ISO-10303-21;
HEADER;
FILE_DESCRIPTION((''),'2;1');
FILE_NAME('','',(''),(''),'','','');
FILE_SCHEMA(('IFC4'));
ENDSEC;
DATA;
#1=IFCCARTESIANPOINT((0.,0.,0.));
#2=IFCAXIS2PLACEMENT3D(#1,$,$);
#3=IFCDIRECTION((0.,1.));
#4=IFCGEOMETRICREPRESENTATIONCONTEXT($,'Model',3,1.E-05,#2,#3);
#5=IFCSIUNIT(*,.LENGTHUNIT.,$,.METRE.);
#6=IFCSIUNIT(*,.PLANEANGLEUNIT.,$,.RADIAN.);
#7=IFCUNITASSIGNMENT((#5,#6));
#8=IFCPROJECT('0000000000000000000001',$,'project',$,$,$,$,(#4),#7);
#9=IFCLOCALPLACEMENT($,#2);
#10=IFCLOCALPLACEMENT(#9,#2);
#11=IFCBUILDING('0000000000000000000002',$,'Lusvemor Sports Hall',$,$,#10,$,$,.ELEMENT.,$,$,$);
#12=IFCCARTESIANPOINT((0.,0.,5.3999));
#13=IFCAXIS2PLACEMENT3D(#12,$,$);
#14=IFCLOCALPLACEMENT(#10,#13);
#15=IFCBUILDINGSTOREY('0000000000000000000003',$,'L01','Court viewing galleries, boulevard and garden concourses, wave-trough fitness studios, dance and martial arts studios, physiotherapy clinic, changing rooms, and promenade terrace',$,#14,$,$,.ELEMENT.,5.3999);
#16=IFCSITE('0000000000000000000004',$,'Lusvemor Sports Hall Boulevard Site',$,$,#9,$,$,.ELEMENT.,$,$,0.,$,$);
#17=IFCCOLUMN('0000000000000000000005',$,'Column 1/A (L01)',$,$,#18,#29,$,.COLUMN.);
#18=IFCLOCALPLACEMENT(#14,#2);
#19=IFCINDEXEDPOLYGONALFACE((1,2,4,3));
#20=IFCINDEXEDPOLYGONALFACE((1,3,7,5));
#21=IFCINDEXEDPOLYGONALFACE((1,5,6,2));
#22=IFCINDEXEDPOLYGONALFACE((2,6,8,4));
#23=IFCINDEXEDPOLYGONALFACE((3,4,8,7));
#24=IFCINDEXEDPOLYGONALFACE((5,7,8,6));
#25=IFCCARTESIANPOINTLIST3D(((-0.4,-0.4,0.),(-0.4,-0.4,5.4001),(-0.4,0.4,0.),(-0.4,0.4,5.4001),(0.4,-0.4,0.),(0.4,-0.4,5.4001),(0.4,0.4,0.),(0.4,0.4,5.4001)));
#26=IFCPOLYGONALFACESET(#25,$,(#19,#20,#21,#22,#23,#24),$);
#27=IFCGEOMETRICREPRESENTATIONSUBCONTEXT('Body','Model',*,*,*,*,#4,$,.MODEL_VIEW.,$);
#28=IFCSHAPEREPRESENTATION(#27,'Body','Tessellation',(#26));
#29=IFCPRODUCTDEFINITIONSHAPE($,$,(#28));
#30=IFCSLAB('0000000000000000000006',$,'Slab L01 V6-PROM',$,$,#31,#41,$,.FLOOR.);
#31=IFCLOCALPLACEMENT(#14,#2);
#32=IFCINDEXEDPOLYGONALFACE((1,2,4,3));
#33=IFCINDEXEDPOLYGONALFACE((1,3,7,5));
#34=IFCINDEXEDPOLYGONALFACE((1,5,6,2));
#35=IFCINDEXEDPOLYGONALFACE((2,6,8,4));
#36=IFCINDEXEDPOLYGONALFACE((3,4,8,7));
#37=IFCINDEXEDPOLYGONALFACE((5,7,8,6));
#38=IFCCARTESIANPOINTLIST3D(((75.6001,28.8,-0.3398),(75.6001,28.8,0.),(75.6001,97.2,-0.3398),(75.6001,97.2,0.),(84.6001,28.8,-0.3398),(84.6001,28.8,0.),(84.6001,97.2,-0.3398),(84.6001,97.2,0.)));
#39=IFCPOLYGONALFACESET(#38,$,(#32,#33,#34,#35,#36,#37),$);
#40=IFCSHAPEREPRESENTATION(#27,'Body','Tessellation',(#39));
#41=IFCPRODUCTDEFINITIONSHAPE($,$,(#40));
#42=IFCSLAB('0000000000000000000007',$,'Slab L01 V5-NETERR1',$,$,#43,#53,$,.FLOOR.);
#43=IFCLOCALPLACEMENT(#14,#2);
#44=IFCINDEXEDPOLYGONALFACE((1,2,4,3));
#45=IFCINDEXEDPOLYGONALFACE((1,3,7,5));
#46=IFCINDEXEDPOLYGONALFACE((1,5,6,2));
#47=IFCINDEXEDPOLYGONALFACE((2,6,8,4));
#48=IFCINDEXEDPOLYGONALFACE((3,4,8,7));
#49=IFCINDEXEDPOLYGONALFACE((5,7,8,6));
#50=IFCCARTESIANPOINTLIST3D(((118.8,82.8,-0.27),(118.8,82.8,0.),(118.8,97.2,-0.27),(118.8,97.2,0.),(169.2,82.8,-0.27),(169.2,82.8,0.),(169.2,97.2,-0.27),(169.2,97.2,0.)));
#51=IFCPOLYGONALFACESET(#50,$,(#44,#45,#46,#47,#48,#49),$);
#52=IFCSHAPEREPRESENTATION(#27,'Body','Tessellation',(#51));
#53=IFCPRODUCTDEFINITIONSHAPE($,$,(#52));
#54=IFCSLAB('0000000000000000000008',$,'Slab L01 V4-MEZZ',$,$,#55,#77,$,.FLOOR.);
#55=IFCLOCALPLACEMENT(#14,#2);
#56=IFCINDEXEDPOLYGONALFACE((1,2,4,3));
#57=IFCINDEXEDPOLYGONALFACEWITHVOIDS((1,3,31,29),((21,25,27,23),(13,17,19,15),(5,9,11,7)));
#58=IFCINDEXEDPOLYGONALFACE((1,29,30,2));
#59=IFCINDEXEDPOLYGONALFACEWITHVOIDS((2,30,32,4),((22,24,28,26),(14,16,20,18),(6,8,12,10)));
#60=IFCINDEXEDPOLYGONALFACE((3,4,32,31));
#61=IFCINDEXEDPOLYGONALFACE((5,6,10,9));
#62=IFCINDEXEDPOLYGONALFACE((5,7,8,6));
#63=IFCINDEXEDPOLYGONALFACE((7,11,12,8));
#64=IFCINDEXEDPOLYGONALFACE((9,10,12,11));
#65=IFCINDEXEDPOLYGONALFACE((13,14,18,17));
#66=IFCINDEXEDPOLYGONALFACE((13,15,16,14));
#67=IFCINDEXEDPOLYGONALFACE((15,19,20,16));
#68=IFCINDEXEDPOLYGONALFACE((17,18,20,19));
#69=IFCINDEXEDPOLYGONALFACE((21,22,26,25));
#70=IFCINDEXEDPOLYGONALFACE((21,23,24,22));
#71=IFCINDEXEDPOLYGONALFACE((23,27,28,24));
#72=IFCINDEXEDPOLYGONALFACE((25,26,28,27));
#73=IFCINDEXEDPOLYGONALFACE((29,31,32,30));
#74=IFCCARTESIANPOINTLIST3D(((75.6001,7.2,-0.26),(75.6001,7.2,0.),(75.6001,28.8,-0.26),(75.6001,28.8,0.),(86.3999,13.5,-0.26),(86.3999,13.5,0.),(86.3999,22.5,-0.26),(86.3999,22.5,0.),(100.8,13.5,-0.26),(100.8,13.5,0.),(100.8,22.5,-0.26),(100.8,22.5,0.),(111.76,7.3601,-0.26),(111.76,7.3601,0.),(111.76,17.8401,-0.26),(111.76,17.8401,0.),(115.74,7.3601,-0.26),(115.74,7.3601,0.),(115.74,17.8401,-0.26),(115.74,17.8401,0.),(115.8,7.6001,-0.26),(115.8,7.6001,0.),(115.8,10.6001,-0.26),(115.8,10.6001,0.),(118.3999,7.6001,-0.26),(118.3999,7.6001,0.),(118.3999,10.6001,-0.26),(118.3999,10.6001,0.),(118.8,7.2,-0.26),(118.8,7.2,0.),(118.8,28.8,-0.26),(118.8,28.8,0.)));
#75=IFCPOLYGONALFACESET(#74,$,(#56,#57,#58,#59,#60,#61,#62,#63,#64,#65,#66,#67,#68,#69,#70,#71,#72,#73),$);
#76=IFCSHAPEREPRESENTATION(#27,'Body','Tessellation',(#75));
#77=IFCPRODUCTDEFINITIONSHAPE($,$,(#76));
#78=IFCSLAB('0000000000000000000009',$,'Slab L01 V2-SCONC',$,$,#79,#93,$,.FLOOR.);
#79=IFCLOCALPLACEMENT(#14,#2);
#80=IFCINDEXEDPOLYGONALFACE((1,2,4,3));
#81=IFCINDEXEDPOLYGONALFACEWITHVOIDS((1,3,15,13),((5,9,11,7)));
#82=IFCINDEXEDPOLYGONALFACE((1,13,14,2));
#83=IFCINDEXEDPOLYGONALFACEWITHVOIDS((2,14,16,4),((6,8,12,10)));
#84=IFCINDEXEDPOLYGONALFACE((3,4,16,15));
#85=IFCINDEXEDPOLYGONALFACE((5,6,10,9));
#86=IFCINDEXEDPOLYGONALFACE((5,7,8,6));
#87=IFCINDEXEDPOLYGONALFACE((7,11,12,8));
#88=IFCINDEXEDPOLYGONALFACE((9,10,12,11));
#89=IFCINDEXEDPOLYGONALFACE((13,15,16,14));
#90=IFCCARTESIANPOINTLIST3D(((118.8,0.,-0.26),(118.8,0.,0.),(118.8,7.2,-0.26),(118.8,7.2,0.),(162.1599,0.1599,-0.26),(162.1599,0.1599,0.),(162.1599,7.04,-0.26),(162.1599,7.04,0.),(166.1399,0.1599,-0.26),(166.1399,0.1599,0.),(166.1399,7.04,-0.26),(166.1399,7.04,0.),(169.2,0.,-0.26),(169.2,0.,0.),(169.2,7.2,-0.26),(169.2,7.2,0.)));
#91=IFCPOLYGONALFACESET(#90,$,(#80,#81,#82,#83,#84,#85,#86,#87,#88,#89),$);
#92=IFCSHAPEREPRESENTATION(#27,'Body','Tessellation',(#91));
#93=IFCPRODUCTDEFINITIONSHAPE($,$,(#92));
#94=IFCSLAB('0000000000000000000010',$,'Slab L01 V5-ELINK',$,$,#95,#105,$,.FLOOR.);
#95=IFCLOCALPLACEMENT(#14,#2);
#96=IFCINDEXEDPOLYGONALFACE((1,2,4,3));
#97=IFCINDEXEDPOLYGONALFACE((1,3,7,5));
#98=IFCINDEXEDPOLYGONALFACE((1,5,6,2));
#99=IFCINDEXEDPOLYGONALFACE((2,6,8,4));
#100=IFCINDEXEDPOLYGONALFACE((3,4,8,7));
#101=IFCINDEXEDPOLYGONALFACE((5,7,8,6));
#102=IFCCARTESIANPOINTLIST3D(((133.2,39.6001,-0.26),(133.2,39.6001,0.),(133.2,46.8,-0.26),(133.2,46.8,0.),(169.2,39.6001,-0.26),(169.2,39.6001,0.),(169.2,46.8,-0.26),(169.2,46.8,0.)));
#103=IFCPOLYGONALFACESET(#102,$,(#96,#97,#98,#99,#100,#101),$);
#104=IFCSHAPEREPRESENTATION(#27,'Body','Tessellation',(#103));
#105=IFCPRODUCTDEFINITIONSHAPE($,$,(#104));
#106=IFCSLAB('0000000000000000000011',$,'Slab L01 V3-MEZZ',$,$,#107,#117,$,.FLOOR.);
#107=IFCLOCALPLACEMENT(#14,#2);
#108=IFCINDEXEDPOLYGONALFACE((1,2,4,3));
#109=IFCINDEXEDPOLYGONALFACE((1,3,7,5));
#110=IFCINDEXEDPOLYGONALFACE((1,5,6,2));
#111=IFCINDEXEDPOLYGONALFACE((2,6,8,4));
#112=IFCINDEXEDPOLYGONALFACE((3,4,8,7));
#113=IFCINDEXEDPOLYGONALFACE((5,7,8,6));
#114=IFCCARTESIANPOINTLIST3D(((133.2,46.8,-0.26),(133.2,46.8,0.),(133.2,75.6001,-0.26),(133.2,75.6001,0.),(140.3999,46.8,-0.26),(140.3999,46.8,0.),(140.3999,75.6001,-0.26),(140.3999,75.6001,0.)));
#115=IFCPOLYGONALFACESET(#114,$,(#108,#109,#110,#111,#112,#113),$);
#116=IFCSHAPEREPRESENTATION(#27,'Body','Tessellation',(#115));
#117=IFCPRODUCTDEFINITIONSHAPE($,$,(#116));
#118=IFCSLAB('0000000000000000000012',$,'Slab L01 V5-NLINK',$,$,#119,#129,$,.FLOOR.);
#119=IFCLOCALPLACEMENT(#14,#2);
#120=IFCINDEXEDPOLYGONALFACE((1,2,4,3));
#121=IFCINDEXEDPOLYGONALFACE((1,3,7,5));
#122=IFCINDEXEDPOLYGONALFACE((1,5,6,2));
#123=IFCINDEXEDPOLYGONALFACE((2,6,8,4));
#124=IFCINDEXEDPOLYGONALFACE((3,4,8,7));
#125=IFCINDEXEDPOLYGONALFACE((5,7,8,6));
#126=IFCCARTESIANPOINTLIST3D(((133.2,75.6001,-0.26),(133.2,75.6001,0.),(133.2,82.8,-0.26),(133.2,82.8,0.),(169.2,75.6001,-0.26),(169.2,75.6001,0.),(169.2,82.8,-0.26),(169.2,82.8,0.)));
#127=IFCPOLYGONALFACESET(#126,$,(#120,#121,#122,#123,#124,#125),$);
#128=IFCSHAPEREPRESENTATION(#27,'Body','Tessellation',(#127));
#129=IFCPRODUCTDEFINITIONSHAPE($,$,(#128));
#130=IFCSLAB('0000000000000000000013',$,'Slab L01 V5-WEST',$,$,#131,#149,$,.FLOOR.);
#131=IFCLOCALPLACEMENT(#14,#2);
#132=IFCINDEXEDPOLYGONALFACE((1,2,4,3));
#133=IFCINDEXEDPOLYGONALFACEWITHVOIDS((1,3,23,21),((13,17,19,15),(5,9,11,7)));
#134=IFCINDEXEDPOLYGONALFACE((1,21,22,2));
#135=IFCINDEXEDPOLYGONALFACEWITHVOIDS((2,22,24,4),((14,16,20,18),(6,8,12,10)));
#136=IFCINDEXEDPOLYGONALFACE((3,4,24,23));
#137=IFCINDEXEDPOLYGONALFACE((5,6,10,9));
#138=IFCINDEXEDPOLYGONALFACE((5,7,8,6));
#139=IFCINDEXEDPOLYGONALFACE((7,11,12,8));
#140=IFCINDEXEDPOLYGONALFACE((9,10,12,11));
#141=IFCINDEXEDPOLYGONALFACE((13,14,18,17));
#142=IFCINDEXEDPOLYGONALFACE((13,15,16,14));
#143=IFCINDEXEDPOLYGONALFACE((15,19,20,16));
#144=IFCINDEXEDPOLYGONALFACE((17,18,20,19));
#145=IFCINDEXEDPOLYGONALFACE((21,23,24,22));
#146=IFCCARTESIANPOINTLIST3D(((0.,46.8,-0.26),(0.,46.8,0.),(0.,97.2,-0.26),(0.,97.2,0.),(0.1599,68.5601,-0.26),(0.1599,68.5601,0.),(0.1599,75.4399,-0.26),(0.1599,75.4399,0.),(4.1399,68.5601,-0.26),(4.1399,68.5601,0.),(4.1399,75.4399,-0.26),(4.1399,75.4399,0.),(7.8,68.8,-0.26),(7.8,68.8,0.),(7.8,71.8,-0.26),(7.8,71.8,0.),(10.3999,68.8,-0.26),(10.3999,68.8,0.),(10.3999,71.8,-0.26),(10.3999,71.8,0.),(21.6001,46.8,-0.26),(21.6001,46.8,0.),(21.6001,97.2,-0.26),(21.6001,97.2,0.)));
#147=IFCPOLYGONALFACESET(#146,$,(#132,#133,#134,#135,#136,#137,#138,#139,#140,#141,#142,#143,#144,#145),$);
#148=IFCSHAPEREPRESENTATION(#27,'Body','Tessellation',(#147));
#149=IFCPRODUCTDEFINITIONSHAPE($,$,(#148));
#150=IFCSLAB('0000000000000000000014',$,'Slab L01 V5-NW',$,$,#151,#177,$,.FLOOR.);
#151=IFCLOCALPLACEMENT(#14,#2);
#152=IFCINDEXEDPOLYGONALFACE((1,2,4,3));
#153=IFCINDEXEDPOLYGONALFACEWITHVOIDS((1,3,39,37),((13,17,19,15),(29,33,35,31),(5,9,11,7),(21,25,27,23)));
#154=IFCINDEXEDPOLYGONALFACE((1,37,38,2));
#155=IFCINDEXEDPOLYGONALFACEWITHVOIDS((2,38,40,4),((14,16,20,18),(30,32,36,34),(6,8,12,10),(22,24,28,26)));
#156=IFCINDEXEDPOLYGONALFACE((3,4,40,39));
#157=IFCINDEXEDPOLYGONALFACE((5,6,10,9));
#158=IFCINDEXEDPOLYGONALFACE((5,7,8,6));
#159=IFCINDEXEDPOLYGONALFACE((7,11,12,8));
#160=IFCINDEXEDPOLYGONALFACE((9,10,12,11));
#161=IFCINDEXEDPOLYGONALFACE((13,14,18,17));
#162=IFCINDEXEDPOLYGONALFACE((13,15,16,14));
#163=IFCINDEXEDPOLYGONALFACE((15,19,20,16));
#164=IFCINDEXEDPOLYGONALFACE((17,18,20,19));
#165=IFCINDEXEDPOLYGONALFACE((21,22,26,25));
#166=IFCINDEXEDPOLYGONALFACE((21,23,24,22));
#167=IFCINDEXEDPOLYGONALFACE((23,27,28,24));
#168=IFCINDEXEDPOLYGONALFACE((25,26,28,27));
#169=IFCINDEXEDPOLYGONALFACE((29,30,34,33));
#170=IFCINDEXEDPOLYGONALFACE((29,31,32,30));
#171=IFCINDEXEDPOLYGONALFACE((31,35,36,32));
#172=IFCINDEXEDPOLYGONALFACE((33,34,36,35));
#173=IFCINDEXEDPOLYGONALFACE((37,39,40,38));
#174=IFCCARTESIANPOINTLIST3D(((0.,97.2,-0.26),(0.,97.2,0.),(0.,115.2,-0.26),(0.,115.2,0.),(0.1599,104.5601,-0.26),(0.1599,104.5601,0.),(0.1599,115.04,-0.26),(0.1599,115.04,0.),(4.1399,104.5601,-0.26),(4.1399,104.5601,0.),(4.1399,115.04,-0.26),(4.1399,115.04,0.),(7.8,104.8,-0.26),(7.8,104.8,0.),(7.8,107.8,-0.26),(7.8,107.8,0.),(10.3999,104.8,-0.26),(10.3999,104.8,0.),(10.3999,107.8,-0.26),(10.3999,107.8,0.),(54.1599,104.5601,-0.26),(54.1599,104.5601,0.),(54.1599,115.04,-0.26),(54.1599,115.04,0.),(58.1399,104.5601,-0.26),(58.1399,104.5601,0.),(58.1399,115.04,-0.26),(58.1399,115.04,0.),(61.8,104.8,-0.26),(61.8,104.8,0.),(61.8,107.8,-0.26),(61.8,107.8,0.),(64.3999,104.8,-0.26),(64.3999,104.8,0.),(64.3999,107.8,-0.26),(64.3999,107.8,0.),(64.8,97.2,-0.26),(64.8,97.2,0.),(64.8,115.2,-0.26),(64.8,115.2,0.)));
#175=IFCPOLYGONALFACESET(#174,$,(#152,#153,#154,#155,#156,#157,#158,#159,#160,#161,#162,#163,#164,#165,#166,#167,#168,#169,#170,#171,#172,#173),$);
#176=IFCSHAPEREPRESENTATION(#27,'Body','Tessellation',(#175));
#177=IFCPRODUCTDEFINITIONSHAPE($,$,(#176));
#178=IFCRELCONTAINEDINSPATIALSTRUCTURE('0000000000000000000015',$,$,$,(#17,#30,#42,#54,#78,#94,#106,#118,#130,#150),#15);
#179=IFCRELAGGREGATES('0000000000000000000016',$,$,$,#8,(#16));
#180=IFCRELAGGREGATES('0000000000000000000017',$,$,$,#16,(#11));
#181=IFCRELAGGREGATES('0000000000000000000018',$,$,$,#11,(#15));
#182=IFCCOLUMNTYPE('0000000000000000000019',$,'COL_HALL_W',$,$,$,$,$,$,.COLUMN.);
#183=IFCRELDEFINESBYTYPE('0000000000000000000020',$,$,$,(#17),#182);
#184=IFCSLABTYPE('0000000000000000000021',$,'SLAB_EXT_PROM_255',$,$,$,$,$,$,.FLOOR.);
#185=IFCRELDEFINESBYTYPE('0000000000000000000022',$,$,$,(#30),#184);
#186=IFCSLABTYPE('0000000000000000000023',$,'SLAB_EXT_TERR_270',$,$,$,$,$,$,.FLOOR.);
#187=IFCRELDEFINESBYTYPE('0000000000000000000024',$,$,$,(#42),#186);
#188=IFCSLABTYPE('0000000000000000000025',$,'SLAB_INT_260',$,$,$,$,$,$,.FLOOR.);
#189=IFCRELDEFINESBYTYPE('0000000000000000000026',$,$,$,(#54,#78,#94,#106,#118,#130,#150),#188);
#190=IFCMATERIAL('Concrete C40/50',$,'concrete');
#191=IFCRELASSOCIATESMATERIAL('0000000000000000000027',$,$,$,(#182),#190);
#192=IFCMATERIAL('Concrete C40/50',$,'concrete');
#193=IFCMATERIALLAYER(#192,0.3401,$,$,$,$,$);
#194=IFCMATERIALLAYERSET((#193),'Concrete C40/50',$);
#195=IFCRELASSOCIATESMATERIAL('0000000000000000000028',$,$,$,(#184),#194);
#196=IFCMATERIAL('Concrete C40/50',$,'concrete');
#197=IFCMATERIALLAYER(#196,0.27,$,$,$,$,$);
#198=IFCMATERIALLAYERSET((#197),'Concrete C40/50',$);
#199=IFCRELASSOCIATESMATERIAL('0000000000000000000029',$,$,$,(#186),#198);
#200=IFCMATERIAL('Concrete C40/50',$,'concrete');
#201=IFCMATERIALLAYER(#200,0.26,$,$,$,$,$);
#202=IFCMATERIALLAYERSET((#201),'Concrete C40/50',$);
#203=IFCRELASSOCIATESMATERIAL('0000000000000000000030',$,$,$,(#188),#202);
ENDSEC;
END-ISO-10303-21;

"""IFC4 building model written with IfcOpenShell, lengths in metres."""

from ifc_helpers import new_model, si_unit, direction, frame, origin, origin_with_axes, origin_2d, place, context, subcontext, project, spatial, polyline, rectangle, outline, extrude, material, layer, layer_set, material_profile, profile_set, type_object, element, save


model = new_model("IFC4")

# Units and contexts
model_context = context("Model", 3, precision=1e-05, world=origin(), true_north=direction((0.0, 1.0)))
body_context = subcontext(model_context, "Body", "Model", "MODEL_VIEW")
ifc_project = project(units=[si_unit("LENGTHUNIT", "METRE"), si_unit("PLANEANGLEUNIT", "RADIAN")], contexts=[model_context])

# Site, building, storey
site_placement = place(None, origin())
site = spatial("IfcSite", under=ifc_project, at=site_placement, Name="Lusvemor Sports Hall Boulevard Site", CompositionType="ELEMENT", RefElevation=0.0)
building_placement = place(site_placement, origin())
building = spatial("IfcBuilding", under=site, at=building_placement, Name="Lusvemor Sports Hall", CompositionType="ELEMENT")
storey_placement = place(building_placement, frame((0.0, 0.0, 5.3999)))
storey = spatial("IfcBuildingStorey", under=building, at=storey_placement, Name="L01", Description="Court viewing galleries, boulevard and garden concourses, wave-trough fitness studios, dance and martial arts studios, physiotherapy clinic, changing rooms, and promenade terrace", CompositionType="ELEMENT", Elevation=5.3999)

# Column
ifc_material_1 = material(Name="Concrete C40/50", Category="concrete")
ifc_material_profile = material_profile(ifc_material_1, rectangle(XDim=0.8, YDim=0.8, at=origin_2d()), Name="RC800x800")
ifc_profile_set = profile_set([ifc_material_profile], Name="Concrete C40/50")
column_type = type_object("IfcColumnType", Name="COL_HALL_W", PredefinedType="COLUMN", material=ifc_profile_set)
column_placement = place(storey_placement, origin_with_axes())
element("IfcColumn", 1, at=column_placement, inside=storey, type_object=column_type, Name="Column 1/A (L01)", PredefinedType="COLUMN", context=body_context, shape_type="SweptSolid", body=[
    extrude(rectangle(XDim=0.8, YDim=0.8, at=origin_2d()), origin(), (0.0, 0.0, 1.0), 5.4001),
])

# Slabs
ifc_material_2 = material(Name="Concrete C40/50", Category="concrete")
ifc_layer_1 = layer(ifc_material_2, 0.3401)
ifc_layer_set_1 = layer_set([ifc_layer_1], Name="Concrete C40/50")
slab_type_1 = type_object("IfcSlabType", Name="SLAB_EXT_PROM_255", PredefinedType="FLOOR", material=ifc_layer_set_1)
slab_1_placement = place(storey_placement, frame((0.0, 0.0, -0.3398)))
element("IfcSlab", 2, at=slab_1_placement, inside=storey, type_object=slab_type_1, Name="Slab L01 V6-PROM", PredefinedType="FLOOR", context=body_context, shape_type="SweptSolid", body=[
    extrude(outline(polyline([(75.6001, 28.8), (84.6001, 28.8), (84.6001, 97.2), (75.6001, 97.2), (75.6001, 28.8)])), origin(), (0.0, 0.0, 1.0), 0.3398),
])
ifc_material_3 = material(Name="Concrete C40/50", Category="concrete")
ifc_layer_2 = layer(ifc_material_3, 0.27)
ifc_layer_set_2 = layer_set([ifc_layer_2], Name="Concrete C40/50")
slab_type_2 = type_object("IfcSlabType", Name="SLAB_EXT_TERR_270", PredefinedType="FLOOR", material=ifc_layer_set_2)
slab_2_placement = place(storey_placement, frame((0.0, 0.0, -0.27)))
element("IfcSlab", 3, at=slab_2_placement, inside=storey, type_object=slab_type_2, Name="Slab L01 V5-NETERR1", PredefinedType="FLOOR", context=body_context, shape_type="SweptSolid", body=[
    extrude(outline(polyline([(118.8, 82.8), (169.2, 82.8), (169.2, 97.2), (118.8, 97.2), (118.8, 82.8)])), origin(), (0.0, 0.0, 1.0), 0.27),
])
ifc_material_4 = material(Name="Concrete C40/50", Category="concrete")
ifc_layer_3 = layer(ifc_material_4, 0.26)
ifc_layer_set_3 = layer_set([ifc_layer_3], Name="Concrete C40/50")
slab_type_3 = type_object("IfcSlabType", Name="SLAB_INT_260", PredefinedType="FLOOR", material=ifc_layer_set_3)
slab_3_placement = place(storey_placement, frame((0.0, 0.0, -0.26)))
element("IfcSlab", 4, at=slab_3_placement, inside=storey, type_object=slab_type_3, Name="Slab L01 V4-MEZZ", PredefinedType="FLOOR", context=body_context, shape_type="SweptSolid", body=[
    extrude(outline(polyline([(75.6001, 7.2), (118.8, 7.2), (118.8, 28.8), (75.6001, 28.8), (75.6001, 7.2)]), holes=[polyline([(111.76, 7.3601), (115.74, 7.3601), (115.74, 17.8401), (111.76, 17.8401), (111.76, 7.3601)]), polyline([(115.8, 7.6001), (118.3999, 7.6001), (118.3999, 10.6001), (115.8, 10.6001), (115.8, 7.6001)]), polyline([(86.3999, 13.5), (100.8, 13.5), (100.8, 22.5), (86.3999, 22.5), (86.3999, 13.5)])]), origin(), (0.0, 0.0, 1.0), 0.26),
])
slab_4_placement = place(storey_placement, frame((0.0, 0.0, -0.26)))
element("IfcSlab", 5, at=slab_4_placement, inside=storey, type_object=slab_type_3, Name="Slab L01 V2-SCONC", PredefinedType="FLOOR", context=body_context, shape_type="SweptSolid", body=[
    extrude(outline(polyline([(118.8, 0.0), (169.2, 0.0), (169.2, 7.2), (118.8, 7.2), (118.8, 0.0)]), holes=[polyline([(162.1599, 0.1599), (166.1399, 0.1599), (166.1399, 7.04), (162.1599, 7.04), (162.1599, 0.1599)])]), origin(), (0.0, 0.0, 1.0), 0.26),
])
slab_5_placement = place(storey_placement, frame((0.0, 0.0, -0.26)))
element("IfcSlab", 6, at=slab_5_placement, inside=storey, type_object=slab_type_3, Name="Slab L01 V5-ELINK", PredefinedType="FLOOR", context=body_context, shape_type="SweptSolid", body=[
    extrude(outline(polyline([(133.2, 39.6001), (169.2, 39.6001), (169.2, 46.8), (133.2, 46.8), (133.2, 39.6001)])), origin(), (0.0, 0.0, 1.0), 0.26),
])
slab_6_placement = place(storey_placement, frame((0.0, 0.0, -0.26)))
element("IfcSlab", 7, at=slab_6_placement, inside=storey, type_object=slab_type_3, Name="Slab L01 V3-MEZZ", PredefinedType="FLOOR", context=body_context, shape_type="SweptSolid", body=[
    extrude(outline(polyline([(133.2, 46.8), (140.3999, 46.8), (140.3999, 75.6001), (133.2, 75.6001), (133.2, 46.8)])), origin(), (0.0, 0.0, 1.0), 0.26),
])
slab_7_placement = place(storey_placement, frame((0.0, 0.0, -0.26)))
element("IfcSlab", 8, at=slab_7_placement, inside=storey, type_object=slab_type_3, Name="Slab L01 V5-NLINK", PredefinedType="FLOOR", context=body_context, shape_type="SweptSolid", body=[
    extrude(outline(polyline([(133.2, 75.6001), (169.2, 75.6001), (169.2, 82.8), (133.2, 82.8), (133.2, 75.6001)])), origin(), (0.0, 0.0, 1.0), 0.26),
])
slab_8_placement = place(storey_placement, frame((0.0, 0.0, -0.26)))
element("IfcSlab", 9, at=slab_8_placement, inside=storey, type_object=slab_type_3, Name="Slab L01 V5-WEST", PredefinedType="FLOOR", context=body_context, shape_type="SweptSolid", body=[
    extrude(outline(polyline([(0.0, 46.8), (21.6001, 46.8), (21.6001, 97.2), (0.0, 97.2), (0.0, 46.8)]), holes=[polyline([(0.1599, 68.5601), (4.1399, 68.5601), (4.1399, 75.4399), (0.1599, 75.4399), (0.1599, 68.5601)]), polyline([(7.8, 68.8), (10.3999, 68.8), (10.3999, 71.8), (7.8, 71.8), (7.8, 68.8)])]), origin(), (0.0, 0.0, 1.0), 0.26),
])
slab_9_placement = place(storey_placement, frame((0.0, 0.0, -0.26)))
element("IfcSlab", 10, at=slab_9_placement, inside=storey, type_object=slab_type_3, Name="Slab L01 V5-NW", PredefinedType="FLOOR", context=body_context, shape_type="SweptSolid", body=[
    extrude(outline(polyline([(0.0, 97.2), (64.8, 97.2), (64.8, 115.2), (0.0, 115.2), (0.0, 97.2)]), holes=[polyline([(0.1599, 104.5601), (4.1399, 104.5601), (4.1399, 115.04), (0.1599, 115.04), (0.1599, 104.5601)]), polyline([(7.8, 104.8), (10.3999, 104.8), (10.3999, 107.8), (7.8, 107.8), (7.8, 104.8)]), polyline([(54.1599, 104.5601), (58.1399, 104.5601), (58.1399, 115.04), (54.1599, 115.04), (54.1599, 104.5601)]), polyline([(61.8, 104.8), (64.3999, 104.8), (64.3999, 107.8), (61.8, 107.8), (61.8, 104.8)])]), origin(), (0.0, 0.0, 1.0), 0.26),
])

save(model, "model.ifc")
